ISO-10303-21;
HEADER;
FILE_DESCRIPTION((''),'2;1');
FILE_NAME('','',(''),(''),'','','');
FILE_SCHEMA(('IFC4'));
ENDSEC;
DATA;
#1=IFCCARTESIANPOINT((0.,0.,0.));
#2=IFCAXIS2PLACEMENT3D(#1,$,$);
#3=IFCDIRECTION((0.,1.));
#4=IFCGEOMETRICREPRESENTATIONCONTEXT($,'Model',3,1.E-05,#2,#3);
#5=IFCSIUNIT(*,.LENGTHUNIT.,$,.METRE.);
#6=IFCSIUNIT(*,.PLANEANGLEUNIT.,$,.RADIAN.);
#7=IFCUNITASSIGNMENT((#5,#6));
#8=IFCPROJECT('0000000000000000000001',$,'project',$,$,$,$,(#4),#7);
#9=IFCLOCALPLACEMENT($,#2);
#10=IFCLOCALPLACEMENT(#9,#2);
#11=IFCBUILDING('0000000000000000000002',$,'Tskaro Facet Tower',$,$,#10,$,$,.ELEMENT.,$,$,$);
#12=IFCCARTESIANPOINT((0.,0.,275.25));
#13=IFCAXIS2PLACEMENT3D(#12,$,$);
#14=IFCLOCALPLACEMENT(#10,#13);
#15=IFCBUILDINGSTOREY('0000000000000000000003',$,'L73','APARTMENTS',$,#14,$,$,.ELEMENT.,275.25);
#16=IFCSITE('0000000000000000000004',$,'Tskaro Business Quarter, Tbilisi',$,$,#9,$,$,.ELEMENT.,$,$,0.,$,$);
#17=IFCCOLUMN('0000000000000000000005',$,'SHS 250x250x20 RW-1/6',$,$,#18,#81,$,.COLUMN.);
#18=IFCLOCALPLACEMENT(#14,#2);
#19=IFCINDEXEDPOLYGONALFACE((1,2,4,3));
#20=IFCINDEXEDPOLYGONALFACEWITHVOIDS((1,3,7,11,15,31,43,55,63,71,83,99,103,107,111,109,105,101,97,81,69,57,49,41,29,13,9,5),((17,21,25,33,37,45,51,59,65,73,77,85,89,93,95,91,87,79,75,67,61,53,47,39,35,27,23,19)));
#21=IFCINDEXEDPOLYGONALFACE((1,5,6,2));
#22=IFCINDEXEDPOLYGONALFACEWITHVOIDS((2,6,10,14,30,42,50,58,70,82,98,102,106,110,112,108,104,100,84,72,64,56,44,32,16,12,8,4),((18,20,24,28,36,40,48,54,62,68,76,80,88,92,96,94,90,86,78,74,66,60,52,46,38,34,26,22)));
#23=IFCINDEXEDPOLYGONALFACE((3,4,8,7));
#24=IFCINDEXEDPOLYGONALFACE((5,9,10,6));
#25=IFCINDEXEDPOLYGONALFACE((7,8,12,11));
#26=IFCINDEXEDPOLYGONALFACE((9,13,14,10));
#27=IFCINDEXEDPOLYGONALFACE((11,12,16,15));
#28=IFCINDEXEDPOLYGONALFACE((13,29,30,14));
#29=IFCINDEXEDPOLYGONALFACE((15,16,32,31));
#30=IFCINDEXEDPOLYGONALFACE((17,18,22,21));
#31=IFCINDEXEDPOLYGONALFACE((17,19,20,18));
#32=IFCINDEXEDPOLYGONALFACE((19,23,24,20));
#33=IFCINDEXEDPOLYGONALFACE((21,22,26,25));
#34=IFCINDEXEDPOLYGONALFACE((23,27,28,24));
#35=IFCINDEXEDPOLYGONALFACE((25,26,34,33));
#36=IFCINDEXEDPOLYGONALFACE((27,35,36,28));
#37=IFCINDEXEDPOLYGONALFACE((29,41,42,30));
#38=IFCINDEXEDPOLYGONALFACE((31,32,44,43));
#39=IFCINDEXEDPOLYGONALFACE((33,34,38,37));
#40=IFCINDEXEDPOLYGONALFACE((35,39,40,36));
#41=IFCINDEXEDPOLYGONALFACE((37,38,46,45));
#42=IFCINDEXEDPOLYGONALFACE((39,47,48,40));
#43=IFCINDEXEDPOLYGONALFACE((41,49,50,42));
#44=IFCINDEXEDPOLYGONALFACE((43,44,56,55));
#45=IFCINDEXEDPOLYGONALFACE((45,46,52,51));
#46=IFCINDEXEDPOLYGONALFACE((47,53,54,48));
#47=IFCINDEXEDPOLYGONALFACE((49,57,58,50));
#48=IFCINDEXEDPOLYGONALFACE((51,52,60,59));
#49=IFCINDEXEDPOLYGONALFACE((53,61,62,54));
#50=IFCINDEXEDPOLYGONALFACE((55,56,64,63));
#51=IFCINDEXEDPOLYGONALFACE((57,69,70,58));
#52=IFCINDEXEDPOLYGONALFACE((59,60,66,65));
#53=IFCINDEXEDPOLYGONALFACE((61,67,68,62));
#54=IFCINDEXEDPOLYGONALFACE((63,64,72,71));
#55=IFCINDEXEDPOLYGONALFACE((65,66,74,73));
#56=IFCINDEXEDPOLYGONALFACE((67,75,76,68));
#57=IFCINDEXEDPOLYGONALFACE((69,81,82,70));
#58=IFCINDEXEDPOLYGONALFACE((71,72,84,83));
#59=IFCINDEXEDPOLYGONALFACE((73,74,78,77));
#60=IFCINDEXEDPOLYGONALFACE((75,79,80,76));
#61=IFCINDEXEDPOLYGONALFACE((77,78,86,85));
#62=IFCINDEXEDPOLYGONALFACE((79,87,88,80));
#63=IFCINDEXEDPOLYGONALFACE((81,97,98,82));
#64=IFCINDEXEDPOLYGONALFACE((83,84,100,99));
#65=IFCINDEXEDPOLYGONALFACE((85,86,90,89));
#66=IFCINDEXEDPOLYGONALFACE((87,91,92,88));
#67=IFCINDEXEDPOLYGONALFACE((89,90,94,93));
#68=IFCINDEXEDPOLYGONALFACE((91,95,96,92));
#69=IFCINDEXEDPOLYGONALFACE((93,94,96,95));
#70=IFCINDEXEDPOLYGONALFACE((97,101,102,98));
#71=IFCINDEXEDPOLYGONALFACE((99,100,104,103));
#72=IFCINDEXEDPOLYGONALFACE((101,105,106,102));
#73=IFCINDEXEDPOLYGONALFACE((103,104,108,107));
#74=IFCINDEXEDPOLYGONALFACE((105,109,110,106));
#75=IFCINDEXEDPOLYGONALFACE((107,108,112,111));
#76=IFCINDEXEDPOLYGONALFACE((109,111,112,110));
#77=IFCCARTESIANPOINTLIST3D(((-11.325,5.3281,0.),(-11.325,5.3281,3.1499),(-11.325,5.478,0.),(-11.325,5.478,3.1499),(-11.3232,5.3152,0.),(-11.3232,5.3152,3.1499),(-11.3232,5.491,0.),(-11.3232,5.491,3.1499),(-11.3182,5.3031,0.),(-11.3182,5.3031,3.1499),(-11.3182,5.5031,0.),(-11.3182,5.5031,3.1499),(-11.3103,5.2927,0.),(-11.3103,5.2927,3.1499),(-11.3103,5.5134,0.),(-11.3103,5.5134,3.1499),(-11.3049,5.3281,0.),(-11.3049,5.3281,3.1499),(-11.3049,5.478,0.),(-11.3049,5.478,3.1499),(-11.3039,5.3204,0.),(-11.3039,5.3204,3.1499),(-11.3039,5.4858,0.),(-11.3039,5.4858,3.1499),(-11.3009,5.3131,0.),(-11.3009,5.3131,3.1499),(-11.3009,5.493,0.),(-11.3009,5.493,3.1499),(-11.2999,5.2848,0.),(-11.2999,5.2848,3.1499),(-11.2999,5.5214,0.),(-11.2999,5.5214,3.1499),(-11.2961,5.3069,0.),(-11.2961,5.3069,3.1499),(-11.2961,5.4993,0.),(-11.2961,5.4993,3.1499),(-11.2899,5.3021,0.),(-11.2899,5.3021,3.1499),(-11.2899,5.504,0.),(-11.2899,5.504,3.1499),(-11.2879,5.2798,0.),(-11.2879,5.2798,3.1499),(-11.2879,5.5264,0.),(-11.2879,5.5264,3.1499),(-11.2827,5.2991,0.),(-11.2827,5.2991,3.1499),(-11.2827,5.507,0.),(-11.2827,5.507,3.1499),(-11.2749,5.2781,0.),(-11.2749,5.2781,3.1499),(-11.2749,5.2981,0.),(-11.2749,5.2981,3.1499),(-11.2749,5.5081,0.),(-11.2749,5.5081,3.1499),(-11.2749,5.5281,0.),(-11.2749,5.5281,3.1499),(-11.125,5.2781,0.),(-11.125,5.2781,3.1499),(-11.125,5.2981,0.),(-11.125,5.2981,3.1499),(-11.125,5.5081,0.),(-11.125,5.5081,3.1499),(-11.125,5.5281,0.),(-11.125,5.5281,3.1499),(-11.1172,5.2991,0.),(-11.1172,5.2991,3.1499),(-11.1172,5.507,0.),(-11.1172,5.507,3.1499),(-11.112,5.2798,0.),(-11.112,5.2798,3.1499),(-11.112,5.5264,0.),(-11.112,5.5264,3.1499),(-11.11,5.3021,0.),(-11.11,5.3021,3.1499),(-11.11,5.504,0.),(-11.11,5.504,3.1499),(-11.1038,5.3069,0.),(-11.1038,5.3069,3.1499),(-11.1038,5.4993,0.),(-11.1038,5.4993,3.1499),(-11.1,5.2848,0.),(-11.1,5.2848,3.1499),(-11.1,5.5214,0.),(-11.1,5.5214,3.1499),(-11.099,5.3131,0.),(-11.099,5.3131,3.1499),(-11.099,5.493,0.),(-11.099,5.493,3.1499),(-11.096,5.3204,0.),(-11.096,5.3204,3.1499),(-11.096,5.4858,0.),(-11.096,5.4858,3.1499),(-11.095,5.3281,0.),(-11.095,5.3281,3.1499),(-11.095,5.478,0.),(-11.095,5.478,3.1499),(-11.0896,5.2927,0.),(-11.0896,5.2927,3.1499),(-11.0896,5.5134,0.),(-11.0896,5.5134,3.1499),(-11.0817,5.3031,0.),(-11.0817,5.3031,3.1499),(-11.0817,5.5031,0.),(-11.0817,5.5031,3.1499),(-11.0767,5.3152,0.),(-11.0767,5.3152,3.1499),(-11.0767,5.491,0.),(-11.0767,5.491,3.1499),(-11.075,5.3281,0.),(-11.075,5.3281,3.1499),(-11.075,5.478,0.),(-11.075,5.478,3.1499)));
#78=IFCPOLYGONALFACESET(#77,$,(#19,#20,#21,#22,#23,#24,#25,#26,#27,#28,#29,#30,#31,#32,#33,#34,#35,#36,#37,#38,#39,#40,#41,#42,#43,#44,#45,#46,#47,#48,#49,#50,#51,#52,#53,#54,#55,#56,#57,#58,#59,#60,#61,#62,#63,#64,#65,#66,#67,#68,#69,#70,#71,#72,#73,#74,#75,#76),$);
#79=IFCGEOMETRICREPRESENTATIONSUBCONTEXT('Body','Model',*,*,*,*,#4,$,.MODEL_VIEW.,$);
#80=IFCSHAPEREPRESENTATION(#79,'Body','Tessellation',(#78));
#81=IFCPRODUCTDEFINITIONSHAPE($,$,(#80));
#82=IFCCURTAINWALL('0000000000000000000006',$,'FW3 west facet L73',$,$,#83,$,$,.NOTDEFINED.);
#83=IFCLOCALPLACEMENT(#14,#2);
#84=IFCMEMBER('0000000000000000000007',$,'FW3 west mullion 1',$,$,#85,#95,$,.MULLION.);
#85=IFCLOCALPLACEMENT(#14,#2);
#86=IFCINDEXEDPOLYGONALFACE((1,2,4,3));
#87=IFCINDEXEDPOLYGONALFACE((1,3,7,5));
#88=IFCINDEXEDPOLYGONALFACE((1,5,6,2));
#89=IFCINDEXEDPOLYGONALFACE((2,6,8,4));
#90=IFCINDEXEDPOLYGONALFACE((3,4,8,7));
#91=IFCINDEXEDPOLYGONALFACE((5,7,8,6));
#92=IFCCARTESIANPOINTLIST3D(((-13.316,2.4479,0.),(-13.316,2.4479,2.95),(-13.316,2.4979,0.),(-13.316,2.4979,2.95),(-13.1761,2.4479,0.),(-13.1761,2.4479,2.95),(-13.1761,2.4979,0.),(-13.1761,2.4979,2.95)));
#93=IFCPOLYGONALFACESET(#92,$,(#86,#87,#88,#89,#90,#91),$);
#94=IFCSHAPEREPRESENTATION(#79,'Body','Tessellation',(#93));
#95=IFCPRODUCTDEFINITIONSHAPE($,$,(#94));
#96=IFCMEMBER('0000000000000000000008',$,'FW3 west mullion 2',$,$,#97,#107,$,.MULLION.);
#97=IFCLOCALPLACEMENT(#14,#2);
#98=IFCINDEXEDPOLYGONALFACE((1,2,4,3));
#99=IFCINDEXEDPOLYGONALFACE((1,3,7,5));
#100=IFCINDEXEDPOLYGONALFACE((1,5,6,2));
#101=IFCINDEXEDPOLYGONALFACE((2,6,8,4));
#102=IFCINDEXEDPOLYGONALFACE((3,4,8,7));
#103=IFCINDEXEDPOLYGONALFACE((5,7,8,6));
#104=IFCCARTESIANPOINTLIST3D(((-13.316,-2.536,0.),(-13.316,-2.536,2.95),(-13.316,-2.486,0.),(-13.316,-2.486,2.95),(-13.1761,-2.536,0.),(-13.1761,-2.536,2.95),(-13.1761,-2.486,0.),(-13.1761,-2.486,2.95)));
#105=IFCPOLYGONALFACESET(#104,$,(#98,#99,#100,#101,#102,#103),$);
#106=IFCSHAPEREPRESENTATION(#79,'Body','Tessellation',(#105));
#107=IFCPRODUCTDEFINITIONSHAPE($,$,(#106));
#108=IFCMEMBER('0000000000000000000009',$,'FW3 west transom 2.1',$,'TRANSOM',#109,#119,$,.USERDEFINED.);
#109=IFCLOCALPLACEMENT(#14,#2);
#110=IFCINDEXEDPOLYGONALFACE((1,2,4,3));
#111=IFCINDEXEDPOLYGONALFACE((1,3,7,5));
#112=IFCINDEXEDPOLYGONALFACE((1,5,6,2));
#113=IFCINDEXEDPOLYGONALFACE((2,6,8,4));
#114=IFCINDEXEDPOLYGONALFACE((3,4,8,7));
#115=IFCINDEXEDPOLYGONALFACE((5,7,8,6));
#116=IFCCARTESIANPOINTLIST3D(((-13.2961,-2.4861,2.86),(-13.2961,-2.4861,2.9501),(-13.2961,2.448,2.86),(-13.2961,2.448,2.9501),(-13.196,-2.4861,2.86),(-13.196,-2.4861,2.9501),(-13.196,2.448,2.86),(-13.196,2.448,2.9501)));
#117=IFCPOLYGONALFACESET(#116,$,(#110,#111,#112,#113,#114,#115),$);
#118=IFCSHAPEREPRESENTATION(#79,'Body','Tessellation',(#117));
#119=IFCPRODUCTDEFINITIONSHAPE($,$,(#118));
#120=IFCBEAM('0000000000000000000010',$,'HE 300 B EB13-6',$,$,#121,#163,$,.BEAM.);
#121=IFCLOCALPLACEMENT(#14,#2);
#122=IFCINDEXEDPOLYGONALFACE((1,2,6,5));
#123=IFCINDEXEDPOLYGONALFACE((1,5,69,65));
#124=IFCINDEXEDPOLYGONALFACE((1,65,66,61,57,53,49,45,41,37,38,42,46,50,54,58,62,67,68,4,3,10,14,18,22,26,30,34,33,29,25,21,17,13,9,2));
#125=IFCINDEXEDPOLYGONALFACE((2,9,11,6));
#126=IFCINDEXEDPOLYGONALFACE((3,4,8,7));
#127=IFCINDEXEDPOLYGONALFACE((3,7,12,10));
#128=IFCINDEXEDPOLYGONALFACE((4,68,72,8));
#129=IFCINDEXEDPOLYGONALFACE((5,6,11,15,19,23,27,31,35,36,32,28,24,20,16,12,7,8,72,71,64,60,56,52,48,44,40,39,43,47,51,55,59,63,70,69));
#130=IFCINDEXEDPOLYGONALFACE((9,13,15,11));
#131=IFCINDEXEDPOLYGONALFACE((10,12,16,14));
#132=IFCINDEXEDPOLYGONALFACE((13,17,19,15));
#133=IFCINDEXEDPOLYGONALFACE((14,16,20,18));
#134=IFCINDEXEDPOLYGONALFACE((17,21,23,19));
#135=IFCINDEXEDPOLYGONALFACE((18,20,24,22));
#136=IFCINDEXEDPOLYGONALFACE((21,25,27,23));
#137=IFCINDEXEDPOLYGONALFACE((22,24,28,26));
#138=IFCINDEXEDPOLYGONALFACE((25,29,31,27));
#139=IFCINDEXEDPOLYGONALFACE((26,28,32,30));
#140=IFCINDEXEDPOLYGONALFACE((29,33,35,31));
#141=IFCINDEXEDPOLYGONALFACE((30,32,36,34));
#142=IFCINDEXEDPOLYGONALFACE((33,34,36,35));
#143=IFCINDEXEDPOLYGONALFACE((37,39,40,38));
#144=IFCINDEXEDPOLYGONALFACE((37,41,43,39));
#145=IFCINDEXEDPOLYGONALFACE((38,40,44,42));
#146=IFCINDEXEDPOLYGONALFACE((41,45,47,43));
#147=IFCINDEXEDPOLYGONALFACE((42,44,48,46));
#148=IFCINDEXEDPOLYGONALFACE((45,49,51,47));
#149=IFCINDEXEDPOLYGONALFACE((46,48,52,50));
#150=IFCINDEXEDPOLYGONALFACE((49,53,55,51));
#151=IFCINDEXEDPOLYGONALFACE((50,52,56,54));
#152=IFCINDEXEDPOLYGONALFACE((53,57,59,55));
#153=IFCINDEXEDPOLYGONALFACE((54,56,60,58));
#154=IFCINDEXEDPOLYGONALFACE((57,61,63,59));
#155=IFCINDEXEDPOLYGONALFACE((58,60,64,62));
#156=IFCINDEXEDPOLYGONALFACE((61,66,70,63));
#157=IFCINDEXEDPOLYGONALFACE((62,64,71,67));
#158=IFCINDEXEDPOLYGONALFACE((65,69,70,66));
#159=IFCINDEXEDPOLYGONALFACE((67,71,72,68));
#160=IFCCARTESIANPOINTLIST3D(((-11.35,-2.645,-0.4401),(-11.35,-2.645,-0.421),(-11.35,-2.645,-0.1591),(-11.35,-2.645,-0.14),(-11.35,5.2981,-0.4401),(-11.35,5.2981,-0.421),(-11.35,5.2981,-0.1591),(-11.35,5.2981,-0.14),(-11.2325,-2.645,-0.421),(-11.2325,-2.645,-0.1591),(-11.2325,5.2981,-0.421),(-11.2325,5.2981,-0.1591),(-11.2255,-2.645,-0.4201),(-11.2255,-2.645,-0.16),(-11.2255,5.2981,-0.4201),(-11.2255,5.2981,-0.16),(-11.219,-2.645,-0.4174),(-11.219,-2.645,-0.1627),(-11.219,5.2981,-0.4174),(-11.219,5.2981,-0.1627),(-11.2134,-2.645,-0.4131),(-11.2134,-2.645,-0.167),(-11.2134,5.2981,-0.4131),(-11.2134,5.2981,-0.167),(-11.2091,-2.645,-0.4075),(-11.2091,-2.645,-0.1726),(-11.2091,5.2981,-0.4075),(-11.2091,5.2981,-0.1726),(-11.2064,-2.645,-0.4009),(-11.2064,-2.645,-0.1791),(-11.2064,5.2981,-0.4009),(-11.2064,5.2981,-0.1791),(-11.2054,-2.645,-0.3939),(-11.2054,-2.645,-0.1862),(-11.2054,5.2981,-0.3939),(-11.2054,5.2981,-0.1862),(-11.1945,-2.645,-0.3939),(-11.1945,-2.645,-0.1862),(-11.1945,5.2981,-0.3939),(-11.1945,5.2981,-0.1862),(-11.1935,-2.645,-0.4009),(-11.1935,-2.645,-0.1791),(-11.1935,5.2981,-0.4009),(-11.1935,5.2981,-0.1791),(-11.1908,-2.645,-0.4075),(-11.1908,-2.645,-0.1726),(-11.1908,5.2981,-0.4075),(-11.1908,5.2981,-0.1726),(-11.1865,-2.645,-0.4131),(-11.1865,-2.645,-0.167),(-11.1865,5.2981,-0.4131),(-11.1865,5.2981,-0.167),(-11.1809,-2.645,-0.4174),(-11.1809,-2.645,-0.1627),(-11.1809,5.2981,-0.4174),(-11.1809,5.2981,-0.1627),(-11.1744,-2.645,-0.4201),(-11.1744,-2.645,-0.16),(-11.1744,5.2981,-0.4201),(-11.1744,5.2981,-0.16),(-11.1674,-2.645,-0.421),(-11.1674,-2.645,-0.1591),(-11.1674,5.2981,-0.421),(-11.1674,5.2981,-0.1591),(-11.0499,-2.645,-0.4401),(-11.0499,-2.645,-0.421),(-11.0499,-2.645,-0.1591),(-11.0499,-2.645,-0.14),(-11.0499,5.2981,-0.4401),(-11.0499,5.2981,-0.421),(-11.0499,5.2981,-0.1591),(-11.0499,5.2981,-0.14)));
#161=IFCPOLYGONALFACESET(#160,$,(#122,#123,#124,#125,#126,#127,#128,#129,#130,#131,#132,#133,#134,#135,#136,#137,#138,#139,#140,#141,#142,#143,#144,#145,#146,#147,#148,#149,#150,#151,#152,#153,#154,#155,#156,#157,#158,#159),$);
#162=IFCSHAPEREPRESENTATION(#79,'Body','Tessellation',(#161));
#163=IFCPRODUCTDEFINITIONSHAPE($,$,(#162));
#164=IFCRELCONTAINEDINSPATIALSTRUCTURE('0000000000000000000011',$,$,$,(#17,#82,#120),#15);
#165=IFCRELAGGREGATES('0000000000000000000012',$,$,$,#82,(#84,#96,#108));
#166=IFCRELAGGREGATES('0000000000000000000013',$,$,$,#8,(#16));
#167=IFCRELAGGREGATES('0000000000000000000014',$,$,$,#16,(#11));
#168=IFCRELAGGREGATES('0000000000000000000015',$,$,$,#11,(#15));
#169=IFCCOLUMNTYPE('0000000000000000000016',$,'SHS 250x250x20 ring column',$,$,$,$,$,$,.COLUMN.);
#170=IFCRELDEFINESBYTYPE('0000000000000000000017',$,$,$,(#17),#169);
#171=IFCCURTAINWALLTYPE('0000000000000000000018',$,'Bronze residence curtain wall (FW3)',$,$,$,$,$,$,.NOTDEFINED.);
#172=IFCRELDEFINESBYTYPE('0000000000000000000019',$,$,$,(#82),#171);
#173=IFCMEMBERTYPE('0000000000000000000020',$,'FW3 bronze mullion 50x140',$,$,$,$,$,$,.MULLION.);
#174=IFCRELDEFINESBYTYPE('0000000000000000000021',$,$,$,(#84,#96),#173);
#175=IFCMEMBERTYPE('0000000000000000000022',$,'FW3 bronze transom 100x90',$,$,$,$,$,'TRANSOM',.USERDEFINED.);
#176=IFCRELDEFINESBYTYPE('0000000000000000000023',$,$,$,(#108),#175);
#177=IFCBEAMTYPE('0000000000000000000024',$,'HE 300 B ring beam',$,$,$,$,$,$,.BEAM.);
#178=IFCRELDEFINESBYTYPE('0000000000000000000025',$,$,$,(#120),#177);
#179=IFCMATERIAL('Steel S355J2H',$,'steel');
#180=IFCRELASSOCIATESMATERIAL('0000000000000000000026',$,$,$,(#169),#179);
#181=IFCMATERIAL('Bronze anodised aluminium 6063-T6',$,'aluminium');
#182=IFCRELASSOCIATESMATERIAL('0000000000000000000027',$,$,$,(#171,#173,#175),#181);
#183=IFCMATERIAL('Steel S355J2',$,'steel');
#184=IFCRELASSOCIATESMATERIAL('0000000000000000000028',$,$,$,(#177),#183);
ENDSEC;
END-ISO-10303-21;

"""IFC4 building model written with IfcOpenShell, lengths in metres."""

from ifc_helpers import new_model, si_unit, direction, frame, origin, origin_2d, place, context, subcontext, project, spatial, rectangle, hollow_rectangle, i_section, extrude, material, material_profile, profile_set, type_object, element, aggregate, save


model = new_model("IFC4")

# Units and contexts
model_context = context("Model", 3, precision=1e-05, world=origin(), true_north=direction((0.0, 1.0)))
body_context = subcontext(model_context, "Body", "Model", "MODEL_VIEW")
ifc_project = project(units=[si_unit("LENGTHUNIT", "METRE"), si_unit("PLANEANGLEUNIT", "RADIAN")], contexts=[model_context])

# Site, building, storey
site_placement = place(None, origin())
site = spatial("IfcSite", under=ifc_project, at=site_placement, Name="Tskaro Business Quarter, Tbilisi", CompositionType="ELEMENT", RefElevation=0.0)
building_placement = place(site_placement, origin())
building = spatial("IfcBuilding", under=site, at=building_placement, Name="Tskaro Facet Tower", CompositionType="ELEMENT")
storey_placement = place(building_placement, frame((0.0, 0.0, 275.25)))
storey = spatial("IfcBuildingStorey", under=building, at=storey_placement, Name="L73", Description="APARTMENTS", CompositionType="ELEMENT", Elevation=275.25)

# Column
ifc_material_1 = material(Name="Steel S355J2H", Category="steel")
ifc_material_profile_1 = material_profile(ifc_material_1, hollow_rectangle(XDim=0.25, YDim=0.25, WallThickness=0.02, InnerFilletRadius=0.03, OuterFilletRadius=0.05, at=origin_2d()), Name="SHS 250x250x20")
ifc_profile_set_1 = profile_set([ifc_material_profile_1], Name="Steel S355J2H")
column_type = type_object("IfcColumnType", Name="SHS 250x250x20 ring column", PredefinedType="COLUMN", material=ifc_profile_set_1)
column_placement = place(storey_placement, frame((-11.2, 5.4031, 0.0), z_axis=(0.0, 0.0, 1.0), x_axis=(1.0, 0.0, 0.0)))
element("IfcColumn", 1, at=column_placement, inside=storey, type_object=column_type, Name="SHS 250x250x20 RW-1/6", PredefinedType="COLUMN", context=body_context, shape_type="SweptSolid", body=[
    extrude(hollow_rectangle(XDim=0.25, YDim=0.25, WallThickness=0.02, InnerFilletRadius=0.03, OuterFilletRadius=0.05, at=origin_2d()), origin(), (0.0, 0.0, 1.0), 3.1499),
])

# Curtain wall, members
ifc_material_2 = material(Name="Bronze anodised aluminium 6063-T6", Category="aluminium")
curtain_wall_type = type_object("IfcCurtainWallType", Name="Bronze residence curtain wall (FW3)", PredefinedType="NOTDEFINED", material=ifc_material_2)
curtain_wall_placement = place(storey_placement, origin())
curtain_wall = element("IfcCurtainWall", 2, at=curtain_wall_placement, inside=storey, type_object=curtain_wall_type, Name="FW3 west facet L73", PredefinedType="NOTDEFINED")
ifc_material_profile_2 = material_profile(ifc_material_2, rectangle(XDim=0.05, YDim=0.1399, at=origin_2d()), Name="Mullion 50x140")
ifc_profile_set_2 = profile_set([ifc_material_profile_2], Name="Bronze anodised aluminium 6063-T6")
member_type_1 = type_object("IfcMemberType", Name="FW3 bronze mullion 50x140", PredefinedType="MULLION", material=ifc_profile_set_2)
member_1_placement = place(storey_placement, frame((-13.2461, 2.4729, 0.0), z_axis=(0.0, 0.0, 1.0), x_axis=(0.0, -1.0, 0.0)))
member_1 = element("IfcMember", 3, at=member_1_placement, type_object=member_type_1, Name="FW3 west mullion 1", PredefinedType="MULLION", context=body_context, shape_type="SweptSolid", body=[
    extrude(rectangle(XDim=0.05, YDim=0.1399, at=origin_2d()), origin(), (0.0, 0.0, 1.0), 2.95),
])
member_2_placement = place(storey_placement, frame((-13.2461, -2.511, 0.0), z_axis=(0.0, 0.0, 1.0), x_axis=(0.0, -1.0, 0.0)))
member_2 = element("IfcMember", 4, at=member_2_placement, type_object=member_type_1, Name="FW3 west mullion 2", PredefinedType="MULLION", context=body_context, shape_type="SweptSolid", body=[
    extrude(rectangle(XDim=0.05, YDim=0.1399, at=origin_2d()), origin(), (0.0, 0.0, 1.0), 2.95),
])
ifc_material_profile_3 = material_profile(ifc_material_2, rectangle(XDim=0.1001, YDim=0.0901, at=origin_2d()), Name="Transom 100x90")
ifc_profile_set_3 = profile_set([ifc_material_profile_3], Name="Bronze anodised aluminium 6063-T6")
member_type_2 = type_object("IfcMemberType", Name="FW3 bronze transom 100x90", ElementType="TRANSOM", PredefinedType="USERDEFINED", material=ifc_profile_set_3)
member_3_placement = place(storey_placement, frame((-13.2461, 2.448, 2.905), z_axis=(0.0, -1.0, 0.0), x_axis=(1.0, 0.0, 0.0)))
member_3 = element("IfcMember", 5, at=member_3_placement, type_object=member_type_2, Name="FW3 west transom 2.1", ObjectType="TRANSOM", PredefinedType="USERDEFINED", context=body_context, shape_type="SweptSolid", body=[
    extrude(rectangle(XDim=0.1001, YDim=0.0901, at=origin_2d()), origin(), (0.0, 0.0, 1.0), 4.9341),
])

# Beam
ifc_material_3 = material(Name="Steel S355J2", Category="steel")
ifc_material_profile_4 = material_profile(ifc_material_3, i_section(OverallWidth=0.3, OverallDepth=0.3, WebThickness=0.011, FlangeThickness=0.019, FilletRadius=0.0271, at=origin_2d()), Name="HE 300 B")
ifc_profile_set_4 = profile_set([ifc_material_profile_4], Name="Steel S355J2")
beam_type_1 = type_object("IfcBeamType", Name="HE 300 B ring beam", PredefinedType="BEAM", material=ifc_profile_set_4)
beam_1_placement = place(storey_placement, frame((-11.2, 5.2981, -0.29), z_axis=(0.0, -1.0, 0.0), x_axis=(1.0, 0.0, 0.0)))
element("IfcBeam", 6, at=beam_1_placement, inside=storey, type_object=beam_type_1, Name="HE 300 B EB13-6", PredefinedType="BEAM", context=body_context, shape_type="SweptSolid", body=[
    extrude(i_section(OverallWidth=0.3, OverallDepth=0.3, WebThickness=0.011, FlangeThickness=0.019, FilletRadius=0.0271, at=origin_2d()), origin(), (0.0, 0.0, 1.0), 7.9431),
])

aggregate(curtain_wall, [member_1, member_2, member_3])

save(model, "model.ifc")
